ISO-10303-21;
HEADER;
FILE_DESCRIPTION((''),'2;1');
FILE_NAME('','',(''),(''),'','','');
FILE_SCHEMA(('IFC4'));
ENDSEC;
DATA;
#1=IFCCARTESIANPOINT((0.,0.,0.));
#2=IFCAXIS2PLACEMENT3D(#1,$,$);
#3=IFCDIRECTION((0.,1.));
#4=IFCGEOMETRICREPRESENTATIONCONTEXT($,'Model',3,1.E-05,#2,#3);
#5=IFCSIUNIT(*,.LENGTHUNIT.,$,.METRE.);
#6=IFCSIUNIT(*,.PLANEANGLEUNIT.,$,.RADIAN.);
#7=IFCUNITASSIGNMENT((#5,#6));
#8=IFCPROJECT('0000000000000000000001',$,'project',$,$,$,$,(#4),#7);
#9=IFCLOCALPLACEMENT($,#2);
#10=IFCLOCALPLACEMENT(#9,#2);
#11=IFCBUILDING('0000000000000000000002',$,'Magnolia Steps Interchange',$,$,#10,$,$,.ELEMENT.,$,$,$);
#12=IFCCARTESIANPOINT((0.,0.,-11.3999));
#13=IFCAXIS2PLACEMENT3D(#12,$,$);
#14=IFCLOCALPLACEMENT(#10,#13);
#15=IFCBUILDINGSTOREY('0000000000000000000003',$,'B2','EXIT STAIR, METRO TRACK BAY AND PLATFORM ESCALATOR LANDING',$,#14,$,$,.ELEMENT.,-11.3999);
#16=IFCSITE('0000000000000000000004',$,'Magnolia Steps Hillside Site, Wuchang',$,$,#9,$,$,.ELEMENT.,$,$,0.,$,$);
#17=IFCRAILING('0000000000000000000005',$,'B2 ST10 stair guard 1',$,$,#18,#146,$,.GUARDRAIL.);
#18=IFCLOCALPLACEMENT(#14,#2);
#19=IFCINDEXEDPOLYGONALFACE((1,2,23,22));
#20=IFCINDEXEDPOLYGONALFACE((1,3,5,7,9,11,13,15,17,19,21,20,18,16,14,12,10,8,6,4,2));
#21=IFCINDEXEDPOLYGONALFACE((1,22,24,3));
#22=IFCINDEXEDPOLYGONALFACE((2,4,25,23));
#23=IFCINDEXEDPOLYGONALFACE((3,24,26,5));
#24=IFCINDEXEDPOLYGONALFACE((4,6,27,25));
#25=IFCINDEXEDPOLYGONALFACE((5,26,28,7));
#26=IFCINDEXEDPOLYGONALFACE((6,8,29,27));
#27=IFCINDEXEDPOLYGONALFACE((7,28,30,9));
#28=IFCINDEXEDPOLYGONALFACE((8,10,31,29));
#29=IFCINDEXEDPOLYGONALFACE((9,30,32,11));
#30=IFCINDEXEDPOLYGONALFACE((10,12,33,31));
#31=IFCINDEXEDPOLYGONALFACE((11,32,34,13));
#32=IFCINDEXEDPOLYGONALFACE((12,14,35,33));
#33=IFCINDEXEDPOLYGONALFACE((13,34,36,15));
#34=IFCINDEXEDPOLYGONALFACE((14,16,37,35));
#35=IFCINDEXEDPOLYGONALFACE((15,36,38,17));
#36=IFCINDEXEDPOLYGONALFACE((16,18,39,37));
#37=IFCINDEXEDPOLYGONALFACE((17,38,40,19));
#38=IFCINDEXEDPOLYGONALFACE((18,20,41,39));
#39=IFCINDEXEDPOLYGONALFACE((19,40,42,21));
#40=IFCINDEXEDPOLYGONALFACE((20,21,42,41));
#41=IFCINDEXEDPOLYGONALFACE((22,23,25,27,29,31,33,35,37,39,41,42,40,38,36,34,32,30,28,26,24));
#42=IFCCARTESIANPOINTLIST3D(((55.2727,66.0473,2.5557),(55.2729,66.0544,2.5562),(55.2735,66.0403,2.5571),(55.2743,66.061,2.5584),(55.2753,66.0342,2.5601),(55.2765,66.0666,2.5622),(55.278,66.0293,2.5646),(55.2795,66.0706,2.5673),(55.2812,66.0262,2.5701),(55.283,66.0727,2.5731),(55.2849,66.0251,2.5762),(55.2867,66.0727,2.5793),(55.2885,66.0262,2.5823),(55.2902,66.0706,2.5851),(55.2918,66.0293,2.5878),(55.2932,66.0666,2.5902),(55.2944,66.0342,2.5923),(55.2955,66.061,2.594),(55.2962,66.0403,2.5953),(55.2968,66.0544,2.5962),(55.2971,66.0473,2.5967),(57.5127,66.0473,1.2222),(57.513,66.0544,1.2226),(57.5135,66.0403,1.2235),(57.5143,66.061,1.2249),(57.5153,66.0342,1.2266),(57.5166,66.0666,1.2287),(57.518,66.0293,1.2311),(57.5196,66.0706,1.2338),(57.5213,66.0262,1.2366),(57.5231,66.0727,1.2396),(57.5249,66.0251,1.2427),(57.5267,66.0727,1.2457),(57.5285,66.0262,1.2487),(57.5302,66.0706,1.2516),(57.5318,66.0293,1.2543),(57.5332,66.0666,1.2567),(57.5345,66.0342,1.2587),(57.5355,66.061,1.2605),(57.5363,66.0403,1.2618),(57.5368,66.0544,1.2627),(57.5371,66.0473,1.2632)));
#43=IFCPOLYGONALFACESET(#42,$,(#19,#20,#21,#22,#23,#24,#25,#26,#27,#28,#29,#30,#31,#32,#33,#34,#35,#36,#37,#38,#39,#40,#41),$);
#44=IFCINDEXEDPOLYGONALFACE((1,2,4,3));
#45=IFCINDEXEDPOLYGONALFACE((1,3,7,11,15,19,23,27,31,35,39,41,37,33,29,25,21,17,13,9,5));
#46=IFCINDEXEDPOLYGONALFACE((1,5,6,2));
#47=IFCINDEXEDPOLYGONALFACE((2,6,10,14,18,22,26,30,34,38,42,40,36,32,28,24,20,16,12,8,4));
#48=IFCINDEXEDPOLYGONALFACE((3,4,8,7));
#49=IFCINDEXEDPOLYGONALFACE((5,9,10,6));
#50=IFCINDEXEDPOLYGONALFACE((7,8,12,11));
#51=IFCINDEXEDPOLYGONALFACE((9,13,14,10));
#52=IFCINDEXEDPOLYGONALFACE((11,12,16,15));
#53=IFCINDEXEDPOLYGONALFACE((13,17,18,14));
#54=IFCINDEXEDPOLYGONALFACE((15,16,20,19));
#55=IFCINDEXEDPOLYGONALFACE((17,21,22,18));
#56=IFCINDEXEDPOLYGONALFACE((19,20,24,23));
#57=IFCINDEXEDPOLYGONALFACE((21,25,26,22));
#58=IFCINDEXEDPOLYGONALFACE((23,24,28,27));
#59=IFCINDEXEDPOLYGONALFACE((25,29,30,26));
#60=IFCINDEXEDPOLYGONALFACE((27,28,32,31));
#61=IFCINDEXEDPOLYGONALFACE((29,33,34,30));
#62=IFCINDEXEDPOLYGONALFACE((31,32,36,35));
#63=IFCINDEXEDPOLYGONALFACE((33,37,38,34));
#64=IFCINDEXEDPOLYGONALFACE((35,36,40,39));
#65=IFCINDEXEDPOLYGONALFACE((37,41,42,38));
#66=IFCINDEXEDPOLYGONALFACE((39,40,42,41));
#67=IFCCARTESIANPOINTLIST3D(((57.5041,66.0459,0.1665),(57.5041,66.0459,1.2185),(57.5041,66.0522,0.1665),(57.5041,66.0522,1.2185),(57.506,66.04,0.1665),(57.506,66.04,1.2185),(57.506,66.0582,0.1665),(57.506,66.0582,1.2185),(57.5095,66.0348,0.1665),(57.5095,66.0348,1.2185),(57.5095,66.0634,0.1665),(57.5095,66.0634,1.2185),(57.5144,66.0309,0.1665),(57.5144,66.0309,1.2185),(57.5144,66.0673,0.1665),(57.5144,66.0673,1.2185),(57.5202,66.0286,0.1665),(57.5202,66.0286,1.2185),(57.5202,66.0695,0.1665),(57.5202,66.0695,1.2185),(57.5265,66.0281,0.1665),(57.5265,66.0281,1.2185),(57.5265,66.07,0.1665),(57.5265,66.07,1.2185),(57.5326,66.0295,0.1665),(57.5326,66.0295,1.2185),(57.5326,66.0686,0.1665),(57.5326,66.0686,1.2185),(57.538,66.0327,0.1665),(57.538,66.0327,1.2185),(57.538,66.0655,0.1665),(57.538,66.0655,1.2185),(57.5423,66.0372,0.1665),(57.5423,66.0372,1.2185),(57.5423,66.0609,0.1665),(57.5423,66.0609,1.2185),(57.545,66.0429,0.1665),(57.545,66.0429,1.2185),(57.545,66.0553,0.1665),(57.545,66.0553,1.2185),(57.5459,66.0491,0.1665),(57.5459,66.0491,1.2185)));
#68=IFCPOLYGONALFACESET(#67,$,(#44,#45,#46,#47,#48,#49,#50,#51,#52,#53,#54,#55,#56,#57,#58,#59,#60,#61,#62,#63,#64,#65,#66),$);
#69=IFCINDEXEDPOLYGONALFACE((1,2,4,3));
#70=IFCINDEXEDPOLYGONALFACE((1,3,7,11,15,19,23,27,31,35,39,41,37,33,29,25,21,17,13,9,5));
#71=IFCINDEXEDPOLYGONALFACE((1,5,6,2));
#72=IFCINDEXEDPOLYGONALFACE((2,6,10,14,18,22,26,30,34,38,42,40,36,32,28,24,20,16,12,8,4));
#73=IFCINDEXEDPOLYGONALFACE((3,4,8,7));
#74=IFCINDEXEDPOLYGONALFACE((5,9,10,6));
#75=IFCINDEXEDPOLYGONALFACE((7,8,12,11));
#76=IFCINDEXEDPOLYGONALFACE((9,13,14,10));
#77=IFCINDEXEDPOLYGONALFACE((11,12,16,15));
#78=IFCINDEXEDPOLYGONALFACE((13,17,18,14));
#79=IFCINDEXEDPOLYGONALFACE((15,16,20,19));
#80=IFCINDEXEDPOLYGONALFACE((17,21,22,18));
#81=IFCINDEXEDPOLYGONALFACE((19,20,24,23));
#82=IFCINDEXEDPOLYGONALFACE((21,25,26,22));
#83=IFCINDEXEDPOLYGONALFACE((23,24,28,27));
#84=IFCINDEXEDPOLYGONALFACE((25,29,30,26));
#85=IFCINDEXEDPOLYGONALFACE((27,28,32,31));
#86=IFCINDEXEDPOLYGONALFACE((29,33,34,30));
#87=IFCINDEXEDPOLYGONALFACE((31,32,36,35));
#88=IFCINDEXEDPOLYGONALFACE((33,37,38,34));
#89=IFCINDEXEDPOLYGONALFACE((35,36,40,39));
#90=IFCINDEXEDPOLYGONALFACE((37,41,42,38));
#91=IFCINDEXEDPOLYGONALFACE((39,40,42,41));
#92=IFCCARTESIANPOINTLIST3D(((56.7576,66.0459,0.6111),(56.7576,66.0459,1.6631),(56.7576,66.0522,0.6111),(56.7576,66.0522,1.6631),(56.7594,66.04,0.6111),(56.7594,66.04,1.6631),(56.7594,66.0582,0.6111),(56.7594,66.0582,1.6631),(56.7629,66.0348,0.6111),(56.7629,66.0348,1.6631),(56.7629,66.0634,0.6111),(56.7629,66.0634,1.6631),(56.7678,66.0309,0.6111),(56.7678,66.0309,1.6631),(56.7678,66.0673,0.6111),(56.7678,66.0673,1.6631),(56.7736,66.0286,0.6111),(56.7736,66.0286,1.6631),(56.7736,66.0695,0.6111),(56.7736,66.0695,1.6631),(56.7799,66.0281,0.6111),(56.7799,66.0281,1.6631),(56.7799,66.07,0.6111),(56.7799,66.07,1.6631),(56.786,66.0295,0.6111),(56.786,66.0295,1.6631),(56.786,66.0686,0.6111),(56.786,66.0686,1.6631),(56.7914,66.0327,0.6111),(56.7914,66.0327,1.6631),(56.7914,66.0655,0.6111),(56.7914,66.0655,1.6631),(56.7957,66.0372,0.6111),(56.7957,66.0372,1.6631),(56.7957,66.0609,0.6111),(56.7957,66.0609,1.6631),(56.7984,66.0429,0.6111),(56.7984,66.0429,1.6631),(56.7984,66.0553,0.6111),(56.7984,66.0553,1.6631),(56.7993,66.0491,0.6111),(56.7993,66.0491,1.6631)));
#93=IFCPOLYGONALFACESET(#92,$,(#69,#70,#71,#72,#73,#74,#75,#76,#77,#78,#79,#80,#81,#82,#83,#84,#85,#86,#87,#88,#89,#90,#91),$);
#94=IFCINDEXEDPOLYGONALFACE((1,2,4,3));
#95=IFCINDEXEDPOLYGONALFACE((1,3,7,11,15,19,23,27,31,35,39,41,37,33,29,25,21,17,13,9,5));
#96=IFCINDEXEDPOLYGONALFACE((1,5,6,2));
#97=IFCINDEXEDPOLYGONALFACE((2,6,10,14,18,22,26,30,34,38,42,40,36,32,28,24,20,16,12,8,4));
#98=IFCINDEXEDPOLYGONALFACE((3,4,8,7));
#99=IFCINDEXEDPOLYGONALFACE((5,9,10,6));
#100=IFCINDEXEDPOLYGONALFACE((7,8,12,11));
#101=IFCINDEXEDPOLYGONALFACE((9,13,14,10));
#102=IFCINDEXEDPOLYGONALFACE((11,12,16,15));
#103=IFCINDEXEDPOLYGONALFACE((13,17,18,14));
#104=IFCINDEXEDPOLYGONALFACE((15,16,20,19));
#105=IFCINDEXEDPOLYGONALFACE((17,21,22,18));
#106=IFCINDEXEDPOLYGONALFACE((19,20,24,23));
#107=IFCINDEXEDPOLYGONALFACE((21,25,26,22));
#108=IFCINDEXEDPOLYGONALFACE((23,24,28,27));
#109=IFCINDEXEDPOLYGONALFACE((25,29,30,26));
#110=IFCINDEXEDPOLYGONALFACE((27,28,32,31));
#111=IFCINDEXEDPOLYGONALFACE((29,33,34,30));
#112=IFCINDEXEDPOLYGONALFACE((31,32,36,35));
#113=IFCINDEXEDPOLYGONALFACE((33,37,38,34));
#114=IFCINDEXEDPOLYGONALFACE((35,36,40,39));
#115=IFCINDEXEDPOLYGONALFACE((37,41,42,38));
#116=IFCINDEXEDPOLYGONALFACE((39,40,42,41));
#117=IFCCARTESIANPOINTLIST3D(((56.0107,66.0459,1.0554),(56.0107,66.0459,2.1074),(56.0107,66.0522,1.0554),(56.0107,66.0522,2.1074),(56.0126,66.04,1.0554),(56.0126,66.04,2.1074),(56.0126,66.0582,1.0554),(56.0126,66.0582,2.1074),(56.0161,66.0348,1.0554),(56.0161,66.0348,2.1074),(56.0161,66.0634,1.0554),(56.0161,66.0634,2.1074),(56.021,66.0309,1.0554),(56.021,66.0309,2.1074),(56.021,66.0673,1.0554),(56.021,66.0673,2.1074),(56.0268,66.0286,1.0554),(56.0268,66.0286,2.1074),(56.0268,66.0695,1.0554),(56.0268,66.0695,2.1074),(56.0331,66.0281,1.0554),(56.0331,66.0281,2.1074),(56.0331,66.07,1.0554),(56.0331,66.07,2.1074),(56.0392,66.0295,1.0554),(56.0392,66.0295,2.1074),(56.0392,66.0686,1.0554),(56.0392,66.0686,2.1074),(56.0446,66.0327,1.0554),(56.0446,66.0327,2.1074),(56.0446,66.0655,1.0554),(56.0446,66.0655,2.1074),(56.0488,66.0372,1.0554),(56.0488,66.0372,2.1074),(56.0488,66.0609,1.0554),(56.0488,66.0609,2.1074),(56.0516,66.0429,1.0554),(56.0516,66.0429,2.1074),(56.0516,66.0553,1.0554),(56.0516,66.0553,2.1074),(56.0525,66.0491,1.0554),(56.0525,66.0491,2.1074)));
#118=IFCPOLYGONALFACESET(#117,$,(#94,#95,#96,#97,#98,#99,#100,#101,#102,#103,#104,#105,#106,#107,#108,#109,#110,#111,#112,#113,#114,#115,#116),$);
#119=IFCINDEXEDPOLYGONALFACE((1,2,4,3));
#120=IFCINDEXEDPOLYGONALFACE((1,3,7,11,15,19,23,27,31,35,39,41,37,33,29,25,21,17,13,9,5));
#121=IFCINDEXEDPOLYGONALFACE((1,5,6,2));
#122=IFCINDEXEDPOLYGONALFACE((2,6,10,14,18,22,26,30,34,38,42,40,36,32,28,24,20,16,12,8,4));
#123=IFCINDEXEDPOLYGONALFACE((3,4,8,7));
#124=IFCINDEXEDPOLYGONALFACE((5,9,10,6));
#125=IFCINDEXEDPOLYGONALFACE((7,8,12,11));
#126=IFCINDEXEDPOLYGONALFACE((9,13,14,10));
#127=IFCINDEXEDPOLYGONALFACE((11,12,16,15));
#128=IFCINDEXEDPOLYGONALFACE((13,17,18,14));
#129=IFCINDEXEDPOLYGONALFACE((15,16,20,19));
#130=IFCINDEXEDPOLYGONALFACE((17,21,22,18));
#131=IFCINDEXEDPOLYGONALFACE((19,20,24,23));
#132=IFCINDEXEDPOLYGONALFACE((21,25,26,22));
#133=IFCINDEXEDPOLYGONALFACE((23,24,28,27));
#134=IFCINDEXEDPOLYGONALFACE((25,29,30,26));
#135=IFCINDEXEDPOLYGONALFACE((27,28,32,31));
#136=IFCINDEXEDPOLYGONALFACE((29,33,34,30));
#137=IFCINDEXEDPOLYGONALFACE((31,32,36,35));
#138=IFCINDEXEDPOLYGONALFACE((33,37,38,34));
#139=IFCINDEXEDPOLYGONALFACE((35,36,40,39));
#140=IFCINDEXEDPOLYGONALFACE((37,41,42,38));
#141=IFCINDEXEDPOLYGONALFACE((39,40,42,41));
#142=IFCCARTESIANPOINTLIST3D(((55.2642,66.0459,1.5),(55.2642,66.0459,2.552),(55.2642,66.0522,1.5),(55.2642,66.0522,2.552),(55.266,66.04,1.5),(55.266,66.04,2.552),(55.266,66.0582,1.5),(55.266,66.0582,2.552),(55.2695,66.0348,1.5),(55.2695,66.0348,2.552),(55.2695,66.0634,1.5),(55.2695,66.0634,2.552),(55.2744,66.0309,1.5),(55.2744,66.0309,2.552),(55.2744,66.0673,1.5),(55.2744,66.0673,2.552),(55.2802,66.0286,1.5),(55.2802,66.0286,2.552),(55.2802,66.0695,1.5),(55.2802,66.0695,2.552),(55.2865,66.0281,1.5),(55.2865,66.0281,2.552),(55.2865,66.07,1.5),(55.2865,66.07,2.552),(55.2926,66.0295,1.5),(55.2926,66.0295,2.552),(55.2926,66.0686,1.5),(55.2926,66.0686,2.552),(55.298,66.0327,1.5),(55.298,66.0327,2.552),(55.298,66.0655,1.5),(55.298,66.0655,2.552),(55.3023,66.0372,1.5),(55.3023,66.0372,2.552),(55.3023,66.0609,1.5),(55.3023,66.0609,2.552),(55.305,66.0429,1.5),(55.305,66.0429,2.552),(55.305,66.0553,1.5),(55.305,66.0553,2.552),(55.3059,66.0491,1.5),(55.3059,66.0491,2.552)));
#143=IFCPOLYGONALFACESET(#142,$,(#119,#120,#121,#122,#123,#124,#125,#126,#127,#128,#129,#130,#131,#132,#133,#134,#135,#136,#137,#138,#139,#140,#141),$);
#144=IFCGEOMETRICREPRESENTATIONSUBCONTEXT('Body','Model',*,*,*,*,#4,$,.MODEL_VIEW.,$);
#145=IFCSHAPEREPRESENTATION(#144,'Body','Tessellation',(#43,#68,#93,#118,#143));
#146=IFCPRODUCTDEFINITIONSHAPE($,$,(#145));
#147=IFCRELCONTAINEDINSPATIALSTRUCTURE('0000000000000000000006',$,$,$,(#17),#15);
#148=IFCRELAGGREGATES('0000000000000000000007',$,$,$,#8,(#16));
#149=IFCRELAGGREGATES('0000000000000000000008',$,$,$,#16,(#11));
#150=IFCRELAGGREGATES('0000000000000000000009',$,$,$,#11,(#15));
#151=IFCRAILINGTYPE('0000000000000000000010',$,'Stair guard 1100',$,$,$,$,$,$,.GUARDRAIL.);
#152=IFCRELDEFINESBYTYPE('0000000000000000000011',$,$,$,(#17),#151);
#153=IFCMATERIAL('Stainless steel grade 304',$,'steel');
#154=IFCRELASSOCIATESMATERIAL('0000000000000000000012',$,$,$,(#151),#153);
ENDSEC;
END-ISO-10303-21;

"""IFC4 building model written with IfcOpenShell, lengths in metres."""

from ifc_helpers import new_model, si_unit, direction, frame, origin, origin_2d, place, context, subcontext, project, spatial, circle, extrude, material, type_object, element, save


model = new_model("IFC4")

# Units and contexts
model_context = context("Model", 3, precision=1e-05, world=origin(), true_north=direction((0.0, 1.0)))
body_context = subcontext(model_context, "Body", "Model", "MODEL_VIEW")
ifc_project = project(units=[si_unit("LENGTHUNIT", "METRE"), si_unit("PLANEANGLEUNIT", "RADIAN")], contexts=[model_context])

# Site, building, storey
site_placement = place(None, origin())
site = spatial("IfcSite", under=ifc_project, at=site_placement, Name="Magnolia Steps Hillside Site, Wuchang", CompositionType="ELEMENT", RefElevation=0.0)
building_placement = place(site_placement, origin())
building = spatial("IfcBuilding", under=site, at=building_placement, Name="Magnolia Steps Interchange", CompositionType="ELEMENT")
storey_placement = place(building_placement, frame((0.0, 0.0, -11.3999)))
storey = spatial("IfcBuildingStorey", under=building, at=storey_placement, Name="B2", Description="EXIT STAIR, METRO TRACK BAY AND PLATFORM ESCALATOR LANDING", CompositionType="ELEMENT", Elevation=-11.3999)

# Railing
ifc_material_1 = material(Name="Stainless steel grade 304", Category="steel")
railing_type_1 = type_object("IfcRailingType", Name="Stair guard 1100", PredefinedType="GUARDRAIL", material=ifc_material_1)
railing_1_placement = place(storey_placement, frame((57.5249, 66.0491, 0.1665)))
element("IfcRailing", 1, at=railing_1_placement, inside=storey, type_object=railing_type_1, Name="B2 ST10 stair guard 1", PredefinedType="GUARDRAIL", context=body_context, shape_type="SweptSolid", body=[
    extrude(circle(Radius=0.0239, at=origin_2d()), frame((0.0, 0.0, 1.0762), z_axis=(-0.859264, 0.0, 0.511532), x_axis=(0.0, -1.0, 0.0)), (0.0, 0.0, 1.0), 2.6069),
    extrude(circle(Radius=0.021, at=origin_2d()), origin(), (0.0, 0.0, 1.0), 1.052),
    extrude(circle(Radius=0.021, at=origin_2d()), frame((-0.7466, 0.0, 0.4446)), (0.0, 0.0, 1.0), 1.052),
    extrude(circle(Radius=0.021, at=origin_2d()), frame((-1.4934, 0.0, 0.8889)), (0.0, 0.0, 1.0), 1.052),
    extrude(circle(Radius=0.021, at=origin_2d()), frame((-2.24, 0.0, 1.3335)), (0.0, 0.0, 1.0), 1.052),
])

save(model, "model.ifc")
